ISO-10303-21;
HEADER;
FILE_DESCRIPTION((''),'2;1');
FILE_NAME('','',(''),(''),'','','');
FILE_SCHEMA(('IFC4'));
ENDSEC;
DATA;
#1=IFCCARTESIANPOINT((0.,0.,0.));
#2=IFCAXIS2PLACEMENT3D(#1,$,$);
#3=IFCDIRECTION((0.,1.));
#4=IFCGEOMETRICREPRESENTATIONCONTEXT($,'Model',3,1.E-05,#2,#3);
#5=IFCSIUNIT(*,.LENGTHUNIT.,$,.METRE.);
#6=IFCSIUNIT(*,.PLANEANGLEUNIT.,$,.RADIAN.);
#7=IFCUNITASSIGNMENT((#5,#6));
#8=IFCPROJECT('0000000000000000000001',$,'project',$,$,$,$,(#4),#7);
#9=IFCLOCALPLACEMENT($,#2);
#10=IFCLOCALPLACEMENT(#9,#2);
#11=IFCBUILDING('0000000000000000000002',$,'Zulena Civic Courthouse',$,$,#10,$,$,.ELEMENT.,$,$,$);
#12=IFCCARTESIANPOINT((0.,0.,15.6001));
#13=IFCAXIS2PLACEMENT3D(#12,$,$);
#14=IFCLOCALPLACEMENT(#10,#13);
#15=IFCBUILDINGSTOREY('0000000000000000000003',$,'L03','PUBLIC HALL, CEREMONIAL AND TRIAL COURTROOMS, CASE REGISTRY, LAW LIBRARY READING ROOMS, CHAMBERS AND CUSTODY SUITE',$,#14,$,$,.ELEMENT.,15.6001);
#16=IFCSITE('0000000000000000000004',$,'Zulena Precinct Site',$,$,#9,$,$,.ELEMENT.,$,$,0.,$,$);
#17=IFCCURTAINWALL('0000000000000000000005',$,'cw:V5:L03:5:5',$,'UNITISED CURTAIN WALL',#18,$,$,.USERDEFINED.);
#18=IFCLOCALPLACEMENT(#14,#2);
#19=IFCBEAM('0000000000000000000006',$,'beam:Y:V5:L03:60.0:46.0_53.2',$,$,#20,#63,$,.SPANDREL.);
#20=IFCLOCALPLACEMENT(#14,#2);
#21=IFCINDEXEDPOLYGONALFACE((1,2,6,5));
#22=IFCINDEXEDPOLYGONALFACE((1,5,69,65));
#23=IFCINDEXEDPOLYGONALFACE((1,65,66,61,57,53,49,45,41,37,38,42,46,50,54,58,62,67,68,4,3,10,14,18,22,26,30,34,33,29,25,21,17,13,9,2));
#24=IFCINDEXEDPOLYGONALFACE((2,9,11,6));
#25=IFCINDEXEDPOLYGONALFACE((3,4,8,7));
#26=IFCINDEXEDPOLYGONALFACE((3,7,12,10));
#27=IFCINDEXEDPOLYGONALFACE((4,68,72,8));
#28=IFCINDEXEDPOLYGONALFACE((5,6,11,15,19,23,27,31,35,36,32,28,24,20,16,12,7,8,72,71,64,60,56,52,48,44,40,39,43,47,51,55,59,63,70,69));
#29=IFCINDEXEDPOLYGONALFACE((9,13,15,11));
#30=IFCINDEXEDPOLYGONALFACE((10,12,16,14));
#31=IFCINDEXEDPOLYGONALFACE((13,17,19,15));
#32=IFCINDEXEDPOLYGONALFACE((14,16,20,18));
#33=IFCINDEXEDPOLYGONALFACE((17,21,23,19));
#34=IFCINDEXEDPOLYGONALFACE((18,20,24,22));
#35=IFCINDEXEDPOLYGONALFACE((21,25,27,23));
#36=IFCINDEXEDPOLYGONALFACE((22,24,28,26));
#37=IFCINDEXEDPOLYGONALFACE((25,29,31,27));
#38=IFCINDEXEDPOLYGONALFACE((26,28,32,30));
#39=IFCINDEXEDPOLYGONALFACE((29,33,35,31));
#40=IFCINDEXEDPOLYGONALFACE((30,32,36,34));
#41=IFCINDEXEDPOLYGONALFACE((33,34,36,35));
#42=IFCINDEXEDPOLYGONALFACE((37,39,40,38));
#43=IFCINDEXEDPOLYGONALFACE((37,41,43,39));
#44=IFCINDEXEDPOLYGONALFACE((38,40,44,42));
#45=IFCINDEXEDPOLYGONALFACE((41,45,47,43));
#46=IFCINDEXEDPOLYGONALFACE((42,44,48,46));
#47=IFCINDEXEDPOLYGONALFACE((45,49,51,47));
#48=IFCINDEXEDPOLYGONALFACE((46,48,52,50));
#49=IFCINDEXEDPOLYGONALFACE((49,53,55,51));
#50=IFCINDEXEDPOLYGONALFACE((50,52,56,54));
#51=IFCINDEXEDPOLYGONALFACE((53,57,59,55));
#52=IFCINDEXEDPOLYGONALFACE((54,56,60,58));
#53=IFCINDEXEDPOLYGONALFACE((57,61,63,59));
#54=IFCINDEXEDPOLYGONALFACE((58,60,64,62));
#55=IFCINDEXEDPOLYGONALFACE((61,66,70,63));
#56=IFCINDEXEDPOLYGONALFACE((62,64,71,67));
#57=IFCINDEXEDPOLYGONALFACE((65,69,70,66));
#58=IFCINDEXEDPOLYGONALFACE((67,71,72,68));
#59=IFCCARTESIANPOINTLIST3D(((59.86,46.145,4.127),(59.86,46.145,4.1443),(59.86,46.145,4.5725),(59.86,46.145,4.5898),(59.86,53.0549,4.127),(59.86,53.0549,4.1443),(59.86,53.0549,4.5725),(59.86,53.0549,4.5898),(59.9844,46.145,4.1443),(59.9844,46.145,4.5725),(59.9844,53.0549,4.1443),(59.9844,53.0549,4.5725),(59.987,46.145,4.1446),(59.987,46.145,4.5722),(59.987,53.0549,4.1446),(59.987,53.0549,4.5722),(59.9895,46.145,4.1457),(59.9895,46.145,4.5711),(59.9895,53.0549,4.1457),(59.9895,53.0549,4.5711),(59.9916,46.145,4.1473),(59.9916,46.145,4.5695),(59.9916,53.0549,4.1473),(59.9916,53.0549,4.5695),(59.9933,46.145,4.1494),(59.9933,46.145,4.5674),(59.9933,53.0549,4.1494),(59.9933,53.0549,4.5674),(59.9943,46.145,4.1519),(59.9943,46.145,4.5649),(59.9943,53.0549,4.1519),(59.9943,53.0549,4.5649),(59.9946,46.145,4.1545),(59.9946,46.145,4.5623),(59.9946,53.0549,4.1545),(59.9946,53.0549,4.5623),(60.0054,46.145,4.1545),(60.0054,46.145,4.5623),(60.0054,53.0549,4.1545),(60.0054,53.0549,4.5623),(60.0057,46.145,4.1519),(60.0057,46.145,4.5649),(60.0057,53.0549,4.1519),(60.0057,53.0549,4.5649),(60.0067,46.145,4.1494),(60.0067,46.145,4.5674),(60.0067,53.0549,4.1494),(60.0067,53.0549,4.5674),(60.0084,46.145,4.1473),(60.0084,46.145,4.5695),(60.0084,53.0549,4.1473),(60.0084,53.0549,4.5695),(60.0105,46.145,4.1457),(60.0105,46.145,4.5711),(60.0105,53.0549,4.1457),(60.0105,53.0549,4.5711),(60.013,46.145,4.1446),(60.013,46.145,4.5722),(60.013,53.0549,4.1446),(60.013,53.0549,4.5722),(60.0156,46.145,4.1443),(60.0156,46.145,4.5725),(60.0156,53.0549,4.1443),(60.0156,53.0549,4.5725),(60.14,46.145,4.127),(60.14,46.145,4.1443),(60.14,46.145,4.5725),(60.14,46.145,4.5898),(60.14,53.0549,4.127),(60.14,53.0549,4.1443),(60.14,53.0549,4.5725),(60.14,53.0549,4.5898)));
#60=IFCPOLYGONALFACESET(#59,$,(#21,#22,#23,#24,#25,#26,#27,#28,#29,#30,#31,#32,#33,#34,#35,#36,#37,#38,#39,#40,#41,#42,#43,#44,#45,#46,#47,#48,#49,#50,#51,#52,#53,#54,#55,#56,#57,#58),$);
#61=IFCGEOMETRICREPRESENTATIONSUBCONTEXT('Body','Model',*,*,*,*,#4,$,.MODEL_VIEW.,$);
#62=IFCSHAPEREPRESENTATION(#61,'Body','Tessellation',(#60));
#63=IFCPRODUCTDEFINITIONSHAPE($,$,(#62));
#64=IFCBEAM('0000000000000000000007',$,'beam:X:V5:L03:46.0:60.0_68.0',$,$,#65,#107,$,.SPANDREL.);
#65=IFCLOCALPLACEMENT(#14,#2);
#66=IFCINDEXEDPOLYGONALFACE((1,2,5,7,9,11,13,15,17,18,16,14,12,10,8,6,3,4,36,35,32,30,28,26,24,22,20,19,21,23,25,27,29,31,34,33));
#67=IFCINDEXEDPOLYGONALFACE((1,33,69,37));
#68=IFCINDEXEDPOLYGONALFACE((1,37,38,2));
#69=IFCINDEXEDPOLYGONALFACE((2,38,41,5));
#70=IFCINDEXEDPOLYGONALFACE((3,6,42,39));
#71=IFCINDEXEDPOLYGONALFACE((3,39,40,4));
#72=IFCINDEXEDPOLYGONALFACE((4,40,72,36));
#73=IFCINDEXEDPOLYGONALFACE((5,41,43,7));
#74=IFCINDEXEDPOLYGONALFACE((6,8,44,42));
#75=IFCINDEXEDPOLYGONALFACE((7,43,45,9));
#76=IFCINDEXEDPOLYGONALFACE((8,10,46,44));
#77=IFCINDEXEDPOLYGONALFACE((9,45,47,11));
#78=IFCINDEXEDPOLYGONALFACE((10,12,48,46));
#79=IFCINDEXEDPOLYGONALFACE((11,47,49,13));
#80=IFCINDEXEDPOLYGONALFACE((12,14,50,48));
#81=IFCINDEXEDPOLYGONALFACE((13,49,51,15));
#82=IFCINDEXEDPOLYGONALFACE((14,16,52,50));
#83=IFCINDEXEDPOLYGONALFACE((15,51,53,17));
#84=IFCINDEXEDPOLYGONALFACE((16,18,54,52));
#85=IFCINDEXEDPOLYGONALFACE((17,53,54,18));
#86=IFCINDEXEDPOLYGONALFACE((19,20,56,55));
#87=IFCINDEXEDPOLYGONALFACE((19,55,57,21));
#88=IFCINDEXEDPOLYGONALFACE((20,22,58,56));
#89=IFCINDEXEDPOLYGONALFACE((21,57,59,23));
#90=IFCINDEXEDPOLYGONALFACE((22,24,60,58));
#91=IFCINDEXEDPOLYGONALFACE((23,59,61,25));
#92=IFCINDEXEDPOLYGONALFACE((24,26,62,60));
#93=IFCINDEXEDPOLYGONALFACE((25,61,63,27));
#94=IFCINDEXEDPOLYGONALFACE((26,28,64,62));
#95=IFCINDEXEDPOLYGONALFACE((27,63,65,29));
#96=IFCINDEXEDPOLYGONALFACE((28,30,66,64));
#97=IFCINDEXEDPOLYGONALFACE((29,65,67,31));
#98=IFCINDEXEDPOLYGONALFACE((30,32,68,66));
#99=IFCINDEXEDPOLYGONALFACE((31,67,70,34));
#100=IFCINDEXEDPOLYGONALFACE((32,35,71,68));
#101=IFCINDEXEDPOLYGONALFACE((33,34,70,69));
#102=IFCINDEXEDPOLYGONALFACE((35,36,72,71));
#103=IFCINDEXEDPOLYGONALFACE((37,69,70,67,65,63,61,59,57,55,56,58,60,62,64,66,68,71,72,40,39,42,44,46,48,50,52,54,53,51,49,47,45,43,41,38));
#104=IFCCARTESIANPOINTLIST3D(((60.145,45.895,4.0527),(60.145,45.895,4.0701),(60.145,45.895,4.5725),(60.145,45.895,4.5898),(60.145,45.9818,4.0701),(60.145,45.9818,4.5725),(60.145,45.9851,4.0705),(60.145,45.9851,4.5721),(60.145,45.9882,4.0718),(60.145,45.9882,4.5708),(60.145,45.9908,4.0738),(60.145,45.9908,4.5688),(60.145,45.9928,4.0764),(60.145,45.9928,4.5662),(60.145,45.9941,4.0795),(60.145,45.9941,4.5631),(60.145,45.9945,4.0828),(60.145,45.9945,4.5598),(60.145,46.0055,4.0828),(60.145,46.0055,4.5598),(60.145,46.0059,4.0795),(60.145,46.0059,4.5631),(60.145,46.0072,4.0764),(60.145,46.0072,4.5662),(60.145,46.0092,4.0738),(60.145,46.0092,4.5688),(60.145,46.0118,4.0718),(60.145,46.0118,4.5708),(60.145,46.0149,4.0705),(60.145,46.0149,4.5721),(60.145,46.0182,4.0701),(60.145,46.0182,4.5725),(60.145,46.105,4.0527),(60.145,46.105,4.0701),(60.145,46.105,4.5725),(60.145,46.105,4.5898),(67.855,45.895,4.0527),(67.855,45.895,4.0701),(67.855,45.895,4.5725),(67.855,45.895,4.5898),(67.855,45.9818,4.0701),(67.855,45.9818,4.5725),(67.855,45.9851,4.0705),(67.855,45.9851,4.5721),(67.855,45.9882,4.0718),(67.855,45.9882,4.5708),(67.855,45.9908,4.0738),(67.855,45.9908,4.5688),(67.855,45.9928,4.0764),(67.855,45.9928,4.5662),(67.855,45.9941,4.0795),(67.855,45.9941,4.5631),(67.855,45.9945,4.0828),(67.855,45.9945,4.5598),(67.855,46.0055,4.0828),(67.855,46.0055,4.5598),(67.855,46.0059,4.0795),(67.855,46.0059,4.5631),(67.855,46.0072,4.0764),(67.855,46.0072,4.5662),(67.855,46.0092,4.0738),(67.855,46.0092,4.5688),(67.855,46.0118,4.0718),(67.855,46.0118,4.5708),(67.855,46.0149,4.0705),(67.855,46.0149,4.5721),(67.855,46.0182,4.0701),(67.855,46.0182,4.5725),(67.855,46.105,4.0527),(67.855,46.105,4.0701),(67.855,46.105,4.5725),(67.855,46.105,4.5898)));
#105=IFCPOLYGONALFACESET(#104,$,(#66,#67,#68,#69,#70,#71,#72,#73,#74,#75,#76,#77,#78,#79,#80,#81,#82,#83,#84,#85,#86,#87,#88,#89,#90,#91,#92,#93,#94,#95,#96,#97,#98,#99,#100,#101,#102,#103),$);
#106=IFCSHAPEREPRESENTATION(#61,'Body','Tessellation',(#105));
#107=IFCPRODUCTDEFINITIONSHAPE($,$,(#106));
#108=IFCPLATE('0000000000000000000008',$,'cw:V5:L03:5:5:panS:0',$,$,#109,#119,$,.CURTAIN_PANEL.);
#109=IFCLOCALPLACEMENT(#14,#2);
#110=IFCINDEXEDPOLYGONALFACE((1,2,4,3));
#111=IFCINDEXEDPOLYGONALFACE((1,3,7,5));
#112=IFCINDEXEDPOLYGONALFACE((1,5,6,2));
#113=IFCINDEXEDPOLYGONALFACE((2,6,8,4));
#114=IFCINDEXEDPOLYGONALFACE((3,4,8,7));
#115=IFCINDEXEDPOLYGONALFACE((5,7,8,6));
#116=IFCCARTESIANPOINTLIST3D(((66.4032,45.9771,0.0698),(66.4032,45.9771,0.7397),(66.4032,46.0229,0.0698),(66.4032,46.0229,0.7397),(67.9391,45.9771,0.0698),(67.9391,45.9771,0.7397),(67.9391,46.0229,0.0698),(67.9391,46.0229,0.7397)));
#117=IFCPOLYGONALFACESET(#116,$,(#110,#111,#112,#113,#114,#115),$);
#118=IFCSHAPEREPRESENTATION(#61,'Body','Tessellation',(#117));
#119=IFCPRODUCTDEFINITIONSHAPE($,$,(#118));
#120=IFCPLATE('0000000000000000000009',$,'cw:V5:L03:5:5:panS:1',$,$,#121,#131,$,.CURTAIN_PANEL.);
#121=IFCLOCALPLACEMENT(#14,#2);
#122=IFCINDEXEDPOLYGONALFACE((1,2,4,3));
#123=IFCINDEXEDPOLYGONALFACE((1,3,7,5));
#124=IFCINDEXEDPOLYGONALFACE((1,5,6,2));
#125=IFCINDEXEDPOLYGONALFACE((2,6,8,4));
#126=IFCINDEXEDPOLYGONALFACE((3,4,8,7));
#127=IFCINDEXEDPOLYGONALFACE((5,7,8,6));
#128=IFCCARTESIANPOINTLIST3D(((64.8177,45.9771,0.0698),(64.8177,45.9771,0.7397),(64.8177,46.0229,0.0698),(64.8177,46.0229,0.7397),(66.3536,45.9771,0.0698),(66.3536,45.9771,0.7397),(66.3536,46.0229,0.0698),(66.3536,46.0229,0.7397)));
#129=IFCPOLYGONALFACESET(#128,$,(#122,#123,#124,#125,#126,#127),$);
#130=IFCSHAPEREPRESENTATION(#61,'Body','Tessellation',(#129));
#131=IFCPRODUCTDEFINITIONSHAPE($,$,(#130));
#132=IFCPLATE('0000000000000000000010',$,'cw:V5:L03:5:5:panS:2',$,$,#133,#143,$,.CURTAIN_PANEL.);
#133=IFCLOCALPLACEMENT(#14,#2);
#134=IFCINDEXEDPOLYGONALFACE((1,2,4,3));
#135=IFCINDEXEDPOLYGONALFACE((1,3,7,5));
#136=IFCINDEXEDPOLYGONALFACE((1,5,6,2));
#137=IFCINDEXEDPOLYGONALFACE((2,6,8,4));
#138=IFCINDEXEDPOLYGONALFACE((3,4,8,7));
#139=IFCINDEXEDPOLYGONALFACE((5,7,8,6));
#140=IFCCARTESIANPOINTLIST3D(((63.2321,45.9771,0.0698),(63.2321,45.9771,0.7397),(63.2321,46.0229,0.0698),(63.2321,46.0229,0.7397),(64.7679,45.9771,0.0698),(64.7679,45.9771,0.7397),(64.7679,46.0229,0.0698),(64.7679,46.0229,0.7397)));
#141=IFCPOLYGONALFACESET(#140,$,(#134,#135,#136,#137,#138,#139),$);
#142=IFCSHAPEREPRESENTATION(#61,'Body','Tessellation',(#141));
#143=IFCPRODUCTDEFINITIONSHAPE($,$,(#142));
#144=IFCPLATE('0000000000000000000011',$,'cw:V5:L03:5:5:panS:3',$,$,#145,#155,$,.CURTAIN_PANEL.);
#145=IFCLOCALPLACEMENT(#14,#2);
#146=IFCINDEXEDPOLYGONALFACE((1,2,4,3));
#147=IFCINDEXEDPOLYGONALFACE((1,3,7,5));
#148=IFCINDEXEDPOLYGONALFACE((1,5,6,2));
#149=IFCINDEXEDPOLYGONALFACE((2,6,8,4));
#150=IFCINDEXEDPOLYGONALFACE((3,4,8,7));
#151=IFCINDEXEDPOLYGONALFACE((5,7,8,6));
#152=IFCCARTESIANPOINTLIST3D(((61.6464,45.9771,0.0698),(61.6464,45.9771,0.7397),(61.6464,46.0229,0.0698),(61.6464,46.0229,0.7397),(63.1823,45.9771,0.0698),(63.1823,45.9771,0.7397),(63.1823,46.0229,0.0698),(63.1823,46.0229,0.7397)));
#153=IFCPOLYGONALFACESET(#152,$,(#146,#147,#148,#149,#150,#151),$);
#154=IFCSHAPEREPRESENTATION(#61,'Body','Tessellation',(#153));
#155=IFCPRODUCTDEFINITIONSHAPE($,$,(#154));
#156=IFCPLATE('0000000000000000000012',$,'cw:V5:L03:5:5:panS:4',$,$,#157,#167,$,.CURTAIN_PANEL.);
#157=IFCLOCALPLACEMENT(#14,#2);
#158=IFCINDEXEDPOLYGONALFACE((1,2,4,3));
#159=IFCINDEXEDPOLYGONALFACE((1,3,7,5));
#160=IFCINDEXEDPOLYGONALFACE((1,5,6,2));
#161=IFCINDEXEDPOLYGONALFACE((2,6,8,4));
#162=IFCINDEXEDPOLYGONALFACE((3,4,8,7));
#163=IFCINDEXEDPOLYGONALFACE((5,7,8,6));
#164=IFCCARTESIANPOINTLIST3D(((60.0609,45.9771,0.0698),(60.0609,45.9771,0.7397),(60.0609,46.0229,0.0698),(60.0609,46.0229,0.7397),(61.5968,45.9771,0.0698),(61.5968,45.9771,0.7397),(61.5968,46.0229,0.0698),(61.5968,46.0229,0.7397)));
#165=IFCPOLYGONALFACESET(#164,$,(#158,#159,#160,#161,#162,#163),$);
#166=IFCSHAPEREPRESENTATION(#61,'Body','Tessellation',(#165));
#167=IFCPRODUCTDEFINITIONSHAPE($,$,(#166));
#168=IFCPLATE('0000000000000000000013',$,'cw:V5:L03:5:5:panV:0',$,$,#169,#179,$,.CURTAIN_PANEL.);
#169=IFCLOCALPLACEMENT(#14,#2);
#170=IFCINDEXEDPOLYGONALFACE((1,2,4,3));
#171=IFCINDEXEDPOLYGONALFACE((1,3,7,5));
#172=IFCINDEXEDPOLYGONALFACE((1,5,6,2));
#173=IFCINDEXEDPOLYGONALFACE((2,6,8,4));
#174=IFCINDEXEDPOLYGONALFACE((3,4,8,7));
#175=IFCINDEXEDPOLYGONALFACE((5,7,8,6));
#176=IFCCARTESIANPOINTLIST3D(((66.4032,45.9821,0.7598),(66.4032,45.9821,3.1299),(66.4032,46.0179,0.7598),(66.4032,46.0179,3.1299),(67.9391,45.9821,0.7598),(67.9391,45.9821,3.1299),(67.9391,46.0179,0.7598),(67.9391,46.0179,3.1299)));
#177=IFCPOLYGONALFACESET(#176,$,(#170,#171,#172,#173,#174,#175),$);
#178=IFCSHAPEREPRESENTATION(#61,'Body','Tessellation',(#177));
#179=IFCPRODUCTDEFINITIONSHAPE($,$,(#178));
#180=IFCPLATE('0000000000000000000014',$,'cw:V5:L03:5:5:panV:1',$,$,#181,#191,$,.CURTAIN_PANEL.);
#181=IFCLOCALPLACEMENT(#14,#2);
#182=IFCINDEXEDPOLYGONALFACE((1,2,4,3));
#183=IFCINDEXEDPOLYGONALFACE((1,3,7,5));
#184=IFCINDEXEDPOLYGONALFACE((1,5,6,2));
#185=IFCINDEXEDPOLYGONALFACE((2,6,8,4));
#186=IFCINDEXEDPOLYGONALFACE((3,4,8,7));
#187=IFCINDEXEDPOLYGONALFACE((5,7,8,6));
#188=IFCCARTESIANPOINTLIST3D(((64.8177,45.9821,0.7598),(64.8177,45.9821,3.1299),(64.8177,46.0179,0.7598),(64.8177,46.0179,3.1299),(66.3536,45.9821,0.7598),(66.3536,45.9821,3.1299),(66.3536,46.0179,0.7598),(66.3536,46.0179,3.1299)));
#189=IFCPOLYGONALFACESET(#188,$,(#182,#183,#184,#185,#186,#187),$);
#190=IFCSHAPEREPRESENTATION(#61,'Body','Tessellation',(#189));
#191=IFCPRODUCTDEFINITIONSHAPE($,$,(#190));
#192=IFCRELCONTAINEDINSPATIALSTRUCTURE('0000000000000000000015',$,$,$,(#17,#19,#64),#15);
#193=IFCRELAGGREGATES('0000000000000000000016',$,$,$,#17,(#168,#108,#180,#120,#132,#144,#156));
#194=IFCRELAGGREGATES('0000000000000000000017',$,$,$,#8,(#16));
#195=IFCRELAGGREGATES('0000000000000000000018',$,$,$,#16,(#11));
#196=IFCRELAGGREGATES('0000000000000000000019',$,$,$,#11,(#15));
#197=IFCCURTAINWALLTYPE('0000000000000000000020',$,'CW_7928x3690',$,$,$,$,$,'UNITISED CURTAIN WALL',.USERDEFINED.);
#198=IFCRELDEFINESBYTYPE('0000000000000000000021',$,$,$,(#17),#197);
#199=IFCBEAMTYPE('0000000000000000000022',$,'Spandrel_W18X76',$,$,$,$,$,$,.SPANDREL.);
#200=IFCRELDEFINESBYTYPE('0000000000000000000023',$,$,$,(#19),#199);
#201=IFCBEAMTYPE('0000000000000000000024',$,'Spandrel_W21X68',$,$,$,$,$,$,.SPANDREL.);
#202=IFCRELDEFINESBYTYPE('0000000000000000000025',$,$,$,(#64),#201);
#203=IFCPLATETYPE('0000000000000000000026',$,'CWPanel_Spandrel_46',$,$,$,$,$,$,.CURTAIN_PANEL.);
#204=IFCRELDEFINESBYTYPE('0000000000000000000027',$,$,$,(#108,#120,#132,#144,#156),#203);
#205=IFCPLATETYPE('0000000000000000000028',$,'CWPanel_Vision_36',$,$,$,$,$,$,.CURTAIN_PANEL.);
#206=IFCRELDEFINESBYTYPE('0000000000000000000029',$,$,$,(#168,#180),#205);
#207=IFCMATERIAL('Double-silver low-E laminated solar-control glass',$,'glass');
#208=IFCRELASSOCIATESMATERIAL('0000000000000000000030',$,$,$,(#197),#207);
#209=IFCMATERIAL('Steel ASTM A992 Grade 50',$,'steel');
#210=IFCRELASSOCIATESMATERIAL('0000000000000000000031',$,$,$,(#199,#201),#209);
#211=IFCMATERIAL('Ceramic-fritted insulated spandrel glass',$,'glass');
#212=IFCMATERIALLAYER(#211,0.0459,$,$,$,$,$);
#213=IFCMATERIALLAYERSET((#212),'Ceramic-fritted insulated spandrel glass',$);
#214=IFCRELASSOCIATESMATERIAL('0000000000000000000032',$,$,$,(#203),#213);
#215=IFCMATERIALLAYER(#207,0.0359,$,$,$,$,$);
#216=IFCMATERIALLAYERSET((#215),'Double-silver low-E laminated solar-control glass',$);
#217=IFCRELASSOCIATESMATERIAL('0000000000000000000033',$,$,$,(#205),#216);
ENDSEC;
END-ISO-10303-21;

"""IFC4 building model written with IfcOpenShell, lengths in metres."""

from ifc_helpers import new_model, si_unit, direction, frame, origin, origin_2d, place, context, subcontext, project, spatial, rectangle, i_section, extrude, material, layer, layer_set, material_profile, profile_set, type_object, element, aggregate, save


model = new_model("IFC4")

# Units and contexts
model_context = context("Model", 3, precision=1e-05, world=origin(), true_north=direction((0.0, 1.0)))
body_context = subcontext(model_context, "Body", "Model", "MODEL_VIEW")
ifc_project = project(units=[si_unit("LENGTHUNIT", "METRE"), si_unit("PLANEANGLEUNIT", "RADIAN")], contexts=[model_context])

# Site, building, storey
site_placement = place(None, origin())
site = spatial("IfcSite", under=ifc_project, at=site_placement, Name="Zulena Precinct Site", CompositionType="ELEMENT", RefElevation=0.0)
building_placement = place(site_placement, origin())
building = spatial("IfcBuilding", under=site, at=building_placement, Name="Zulena Civic Courthouse", CompositionType="ELEMENT")
storey_placement = place(building_placement, frame((0.0, 0.0, 15.6001)))
storey = spatial("IfcBuildingStorey", under=building, at=storey_placement, Name="L03", Description="PUBLIC HALL, CEREMONIAL AND TRIAL COURTROOMS, CASE REGISTRY, LAW LIBRARY READING ROOMS, CHAMBERS AND CUSTODY SUITE", CompositionType="ELEMENT", Elevation=15.6001)

# Shared definitions
ifc_material_1 = material(Name="Steel ASTM A992 Grade 50", Category="steel")

# Curtain wall
ifc_material_2 = material(Name="Double-silver low-E laminated solar-control glass", Category="glass")
curtain_wall_type = type_object("IfcCurtainWallType", Name="CW_7928x3690", ElementType="UNITISED CURTAIN WALL", PredefinedType="USERDEFINED", material=ifc_material_2)
curtain_wall_placement = place(storey_placement, origin())
curtain_wall = element("IfcCurtainWall", 1, at=curtain_wall_placement, inside=storey, type_object=curtain_wall_type, Name="cw:V5:L03:5:5", ObjectType="UNITISED CURTAIN WALL", PredefinedType="USERDEFINED")

# Beams
ifc_material_profile_1 = material_profile(ifc_material_1, i_section(OverallWidth=0.28, OverallDepth=0.4629, WebThickness=0.0107, FlangeThickness=0.0173, FilletRadius=0.0103, at=origin_2d()), Name="W18X76")
ifc_profile_set_1 = profile_set([ifc_material_profile_1], Name="Steel ASTM A992 Grade 50")
beam_type_1 = type_object("IfcBeamType", Name="Spandrel_W18X76", PredefinedType="SPANDREL", material=ifc_profile_set_1)
beam_1_placement = place(storey_placement, frame((60.0, 46.145, 4.3584), z_axis=(0.0, 1.0, 0.0), x_axis=(-1.0, 0.0, 0.0)))
element("IfcBeam", 2, at=beam_1_placement, inside=storey, type_object=beam_type_1, Name="beam:Y:V5:L03:60.0:46.0_53.2", PredefinedType="SPANDREL", context=body_context, shape_type="SweptSolid", body=[
    extrude(i_section(OverallWidth=0.28, OverallDepth=0.4629, WebThickness=0.0107, FlangeThickness=0.0173, FilletRadius=0.0103, at=origin_2d()), origin(), (0.0, 0.0, 1.0), 6.9099),
])
ifc_material_profile_2 = material_profile(ifc_material_1, i_section(OverallWidth=0.21, OverallDepth=0.5371, WebThickness=0.011, FlangeThickness=0.0173, FilletRadius=0.0127, at=origin_2d()), Name="W21X68")
ifc_profile_set_2 = profile_set([ifc_material_profile_2], Name="Steel ASTM A992 Grade 50")
beam_type_2 = type_object("IfcBeamType", Name="Spandrel_W21X68", PredefinedType="SPANDREL", material=ifc_profile_set_2)
beam_2_placement = place(storey_placement, frame((60.145, 46.0, 4.3213), z_axis=(1.0, 0.0, 0.0), x_axis=(0.0, 1.0, 0.0)))
element("IfcBeam", 3, at=beam_2_placement, inside=storey, type_object=beam_type_2, Name="beam:X:V5:L03:46.0:60.0_68.0", PredefinedType="SPANDREL", context=body_context, shape_type="SweptSolid", body=[
    extrude(i_section(OverallWidth=0.21, OverallDepth=0.5371, WebThickness=0.011, FlangeThickness=0.0173, FilletRadius=0.0127, at=origin_2d()), origin(), (0.0, 0.0, 1.0), 7.71),
])

# Plates
ifc_material_3 = material(Name="Ceramic-fritted insulated spandrel glass", Category="glass")
ifc_layer_1 = layer(ifc_material_3, 0.0459)
ifc_layer_set_1 = layer_set([ifc_layer_1], Name="Ceramic-fritted insulated spandrel glass")
plate_type_1 = type_object("IfcPlateType", Name="CWPanel_Spandrel_46", PredefinedType="CURTAIN_PANEL", material=ifc_layer_set_1)
plate_1_placement = place(storey_placement, frame((67.1711, 46.0, 0.0698), z_axis=(0.0, 0.0, 1.0), x_axis=(-1.0, 0.0, 0.0)))
plate_1 = element("IfcPlate", 4, at=plate_1_placement, type_object=plate_type_1, Name="cw:V5:L03:5:5:panS:0", PredefinedType="CURTAIN_PANEL", context=body_context, shape_type="SweptSolid", body=[
    extrude(rectangle(XDim=1.5359, YDim=0.0459, at=origin_2d()), origin(), (0.0, 0.0, 1.0), 0.6699),
])
plate_2_placement = place(storey_placement, frame((65.5857, 46.0, 0.0698), z_axis=(0.0, 0.0, 1.0), x_axis=(-1.0, 0.0, 0.0)))
plate_2 = element("IfcPlate", 5, at=plate_2_placement, type_object=plate_type_1, Name="cw:V5:L03:5:5:panS:1", PredefinedType="CURTAIN_PANEL", context=body_context, shape_type="SweptSolid", body=[
    extrude(rectangle(XDim=1.5359, YDim=0.0459, at=origin_2d()), origin(), (0.0, 0.0, 1.0), 0.6699),
])
plate_3_placement = place(storey_placement, frame((64.0, 46.0, 0.0698), z_axis=(0.0, 0.0, 1.0), x_axis=(-1.0, 0.0, 0.0)))
plate_3 = element("IfcPlate", 6, at=plate_3_placement, type_object=plate_type_1, Name="cw:V5:L03:5:5:panS:2", PredefinedType="CURTAIN_PANEL", context=body_context, shape_type="SweptSolid", body=[
    extrude(rectangle(XDim=1.5359, YDim=0.0459, at=origin_2d()), origin(), (0.0, 0.0, 1.0), 0.6699),
])
plate_4_placement = place(storey_placement, frame((62.4143, 46.0, 0.0698), z_axis=(0.0, 0.0, 1.0), x_axis=(-1.0, 0.0, 0.0)))
plate_4 = element("IfcPlate", 7, at=plate_4_placement, type_object=plate_type_1, Name="cw:V5:L03:5:5:panS:3", PredefinedType="CURTAIN_PANEL", context=body_context, shape_type="SweptSolid", body=[
    extrude(rectangle(XDim=1.5359, YDim=0.0459, at=origin_2d()), origin(), (0.0, 0.0, 1.0), 0.6699),
])
plate_5_placement = place(storey_placement, frame((60.8289, 46.0, 0.0698), z_axis=(0.0, 0.0, 1.0), x_axis=(-1.0, 0.0, 0.0)))
plate_5 = element("IfcPlate", 8, at=plate_5_placement, type_object=plate_type_1, Name="cw:V5:L03:5:5:panS:4", PredefinedType="CURTAIN_PANEL", context=body_context, shape_type="SweptSolid", body=[
    extrude(rectangle(XDim=1.5359, YDim=0.0459, at=origin_2d()), origin(), (0.0, 0.0, 1.0), 0.6699),
])
ifc_layer_2 = layer(ifc_material_2, 0.0359)
ifc_layer_set_2 = layer_set([ifc_layer_2], Name="Double-silver low-E laminated solar-control glass")
plate_type_2 = type_object("IfcPlateType", Name="CWPanel_Vision_36", PredefinedType="CURTAIN_PANEL", material=ifc_layer_set_2)
plate_6_placement = place(storey_placement, frame((67.1711, 46.0, 0.7598), z_axis=(0.0, 0.0, 1.0), x_axis=(-1.0, 0.0, 0.0)))
plate_6 = element("IfcPlate", 9, at=plate_6_placement, type_object=plate_type_2, Name="cw:V5:L03:5:5:panV:0", PredefinedType="CURTAIN_PANEL", context=body_context, shape_type="SweptSolid", body=[
    extrude(rectangle(XDim=1.5359, YDim=0.0359, at=origin_2d()), origin(), (0.0, 0.0, 1.0), 2.3701),
])
plate_7_placement = place(storey_placement, frame((65.5857, 46.0, 0.7598), z_axis=(0.0, 0.0, 1.0), x_axis=(-1.0, 0.0, 0.0)))
plate_7 = element("IfcPlate", 10, at=plate_7_placement, type_object=plate_type_2, Name="cw:V5:L03:5:5:panV:1", PredefinedType="CURTAIN_PANEL", context=body_context, shape_type="SweptSolid", body=[
    extrude(rectangle(XDim=1.5359, YDim=0.0359, at=origin_2d()), origin(), (0.0, 0.0, 1.0), 2.3701),
])
aggregate(curtain_wall, [plate_6, plate_1, plate_7, plate_2, plate_3, plate_4, plate_5])

save(model, "model.ifc")
